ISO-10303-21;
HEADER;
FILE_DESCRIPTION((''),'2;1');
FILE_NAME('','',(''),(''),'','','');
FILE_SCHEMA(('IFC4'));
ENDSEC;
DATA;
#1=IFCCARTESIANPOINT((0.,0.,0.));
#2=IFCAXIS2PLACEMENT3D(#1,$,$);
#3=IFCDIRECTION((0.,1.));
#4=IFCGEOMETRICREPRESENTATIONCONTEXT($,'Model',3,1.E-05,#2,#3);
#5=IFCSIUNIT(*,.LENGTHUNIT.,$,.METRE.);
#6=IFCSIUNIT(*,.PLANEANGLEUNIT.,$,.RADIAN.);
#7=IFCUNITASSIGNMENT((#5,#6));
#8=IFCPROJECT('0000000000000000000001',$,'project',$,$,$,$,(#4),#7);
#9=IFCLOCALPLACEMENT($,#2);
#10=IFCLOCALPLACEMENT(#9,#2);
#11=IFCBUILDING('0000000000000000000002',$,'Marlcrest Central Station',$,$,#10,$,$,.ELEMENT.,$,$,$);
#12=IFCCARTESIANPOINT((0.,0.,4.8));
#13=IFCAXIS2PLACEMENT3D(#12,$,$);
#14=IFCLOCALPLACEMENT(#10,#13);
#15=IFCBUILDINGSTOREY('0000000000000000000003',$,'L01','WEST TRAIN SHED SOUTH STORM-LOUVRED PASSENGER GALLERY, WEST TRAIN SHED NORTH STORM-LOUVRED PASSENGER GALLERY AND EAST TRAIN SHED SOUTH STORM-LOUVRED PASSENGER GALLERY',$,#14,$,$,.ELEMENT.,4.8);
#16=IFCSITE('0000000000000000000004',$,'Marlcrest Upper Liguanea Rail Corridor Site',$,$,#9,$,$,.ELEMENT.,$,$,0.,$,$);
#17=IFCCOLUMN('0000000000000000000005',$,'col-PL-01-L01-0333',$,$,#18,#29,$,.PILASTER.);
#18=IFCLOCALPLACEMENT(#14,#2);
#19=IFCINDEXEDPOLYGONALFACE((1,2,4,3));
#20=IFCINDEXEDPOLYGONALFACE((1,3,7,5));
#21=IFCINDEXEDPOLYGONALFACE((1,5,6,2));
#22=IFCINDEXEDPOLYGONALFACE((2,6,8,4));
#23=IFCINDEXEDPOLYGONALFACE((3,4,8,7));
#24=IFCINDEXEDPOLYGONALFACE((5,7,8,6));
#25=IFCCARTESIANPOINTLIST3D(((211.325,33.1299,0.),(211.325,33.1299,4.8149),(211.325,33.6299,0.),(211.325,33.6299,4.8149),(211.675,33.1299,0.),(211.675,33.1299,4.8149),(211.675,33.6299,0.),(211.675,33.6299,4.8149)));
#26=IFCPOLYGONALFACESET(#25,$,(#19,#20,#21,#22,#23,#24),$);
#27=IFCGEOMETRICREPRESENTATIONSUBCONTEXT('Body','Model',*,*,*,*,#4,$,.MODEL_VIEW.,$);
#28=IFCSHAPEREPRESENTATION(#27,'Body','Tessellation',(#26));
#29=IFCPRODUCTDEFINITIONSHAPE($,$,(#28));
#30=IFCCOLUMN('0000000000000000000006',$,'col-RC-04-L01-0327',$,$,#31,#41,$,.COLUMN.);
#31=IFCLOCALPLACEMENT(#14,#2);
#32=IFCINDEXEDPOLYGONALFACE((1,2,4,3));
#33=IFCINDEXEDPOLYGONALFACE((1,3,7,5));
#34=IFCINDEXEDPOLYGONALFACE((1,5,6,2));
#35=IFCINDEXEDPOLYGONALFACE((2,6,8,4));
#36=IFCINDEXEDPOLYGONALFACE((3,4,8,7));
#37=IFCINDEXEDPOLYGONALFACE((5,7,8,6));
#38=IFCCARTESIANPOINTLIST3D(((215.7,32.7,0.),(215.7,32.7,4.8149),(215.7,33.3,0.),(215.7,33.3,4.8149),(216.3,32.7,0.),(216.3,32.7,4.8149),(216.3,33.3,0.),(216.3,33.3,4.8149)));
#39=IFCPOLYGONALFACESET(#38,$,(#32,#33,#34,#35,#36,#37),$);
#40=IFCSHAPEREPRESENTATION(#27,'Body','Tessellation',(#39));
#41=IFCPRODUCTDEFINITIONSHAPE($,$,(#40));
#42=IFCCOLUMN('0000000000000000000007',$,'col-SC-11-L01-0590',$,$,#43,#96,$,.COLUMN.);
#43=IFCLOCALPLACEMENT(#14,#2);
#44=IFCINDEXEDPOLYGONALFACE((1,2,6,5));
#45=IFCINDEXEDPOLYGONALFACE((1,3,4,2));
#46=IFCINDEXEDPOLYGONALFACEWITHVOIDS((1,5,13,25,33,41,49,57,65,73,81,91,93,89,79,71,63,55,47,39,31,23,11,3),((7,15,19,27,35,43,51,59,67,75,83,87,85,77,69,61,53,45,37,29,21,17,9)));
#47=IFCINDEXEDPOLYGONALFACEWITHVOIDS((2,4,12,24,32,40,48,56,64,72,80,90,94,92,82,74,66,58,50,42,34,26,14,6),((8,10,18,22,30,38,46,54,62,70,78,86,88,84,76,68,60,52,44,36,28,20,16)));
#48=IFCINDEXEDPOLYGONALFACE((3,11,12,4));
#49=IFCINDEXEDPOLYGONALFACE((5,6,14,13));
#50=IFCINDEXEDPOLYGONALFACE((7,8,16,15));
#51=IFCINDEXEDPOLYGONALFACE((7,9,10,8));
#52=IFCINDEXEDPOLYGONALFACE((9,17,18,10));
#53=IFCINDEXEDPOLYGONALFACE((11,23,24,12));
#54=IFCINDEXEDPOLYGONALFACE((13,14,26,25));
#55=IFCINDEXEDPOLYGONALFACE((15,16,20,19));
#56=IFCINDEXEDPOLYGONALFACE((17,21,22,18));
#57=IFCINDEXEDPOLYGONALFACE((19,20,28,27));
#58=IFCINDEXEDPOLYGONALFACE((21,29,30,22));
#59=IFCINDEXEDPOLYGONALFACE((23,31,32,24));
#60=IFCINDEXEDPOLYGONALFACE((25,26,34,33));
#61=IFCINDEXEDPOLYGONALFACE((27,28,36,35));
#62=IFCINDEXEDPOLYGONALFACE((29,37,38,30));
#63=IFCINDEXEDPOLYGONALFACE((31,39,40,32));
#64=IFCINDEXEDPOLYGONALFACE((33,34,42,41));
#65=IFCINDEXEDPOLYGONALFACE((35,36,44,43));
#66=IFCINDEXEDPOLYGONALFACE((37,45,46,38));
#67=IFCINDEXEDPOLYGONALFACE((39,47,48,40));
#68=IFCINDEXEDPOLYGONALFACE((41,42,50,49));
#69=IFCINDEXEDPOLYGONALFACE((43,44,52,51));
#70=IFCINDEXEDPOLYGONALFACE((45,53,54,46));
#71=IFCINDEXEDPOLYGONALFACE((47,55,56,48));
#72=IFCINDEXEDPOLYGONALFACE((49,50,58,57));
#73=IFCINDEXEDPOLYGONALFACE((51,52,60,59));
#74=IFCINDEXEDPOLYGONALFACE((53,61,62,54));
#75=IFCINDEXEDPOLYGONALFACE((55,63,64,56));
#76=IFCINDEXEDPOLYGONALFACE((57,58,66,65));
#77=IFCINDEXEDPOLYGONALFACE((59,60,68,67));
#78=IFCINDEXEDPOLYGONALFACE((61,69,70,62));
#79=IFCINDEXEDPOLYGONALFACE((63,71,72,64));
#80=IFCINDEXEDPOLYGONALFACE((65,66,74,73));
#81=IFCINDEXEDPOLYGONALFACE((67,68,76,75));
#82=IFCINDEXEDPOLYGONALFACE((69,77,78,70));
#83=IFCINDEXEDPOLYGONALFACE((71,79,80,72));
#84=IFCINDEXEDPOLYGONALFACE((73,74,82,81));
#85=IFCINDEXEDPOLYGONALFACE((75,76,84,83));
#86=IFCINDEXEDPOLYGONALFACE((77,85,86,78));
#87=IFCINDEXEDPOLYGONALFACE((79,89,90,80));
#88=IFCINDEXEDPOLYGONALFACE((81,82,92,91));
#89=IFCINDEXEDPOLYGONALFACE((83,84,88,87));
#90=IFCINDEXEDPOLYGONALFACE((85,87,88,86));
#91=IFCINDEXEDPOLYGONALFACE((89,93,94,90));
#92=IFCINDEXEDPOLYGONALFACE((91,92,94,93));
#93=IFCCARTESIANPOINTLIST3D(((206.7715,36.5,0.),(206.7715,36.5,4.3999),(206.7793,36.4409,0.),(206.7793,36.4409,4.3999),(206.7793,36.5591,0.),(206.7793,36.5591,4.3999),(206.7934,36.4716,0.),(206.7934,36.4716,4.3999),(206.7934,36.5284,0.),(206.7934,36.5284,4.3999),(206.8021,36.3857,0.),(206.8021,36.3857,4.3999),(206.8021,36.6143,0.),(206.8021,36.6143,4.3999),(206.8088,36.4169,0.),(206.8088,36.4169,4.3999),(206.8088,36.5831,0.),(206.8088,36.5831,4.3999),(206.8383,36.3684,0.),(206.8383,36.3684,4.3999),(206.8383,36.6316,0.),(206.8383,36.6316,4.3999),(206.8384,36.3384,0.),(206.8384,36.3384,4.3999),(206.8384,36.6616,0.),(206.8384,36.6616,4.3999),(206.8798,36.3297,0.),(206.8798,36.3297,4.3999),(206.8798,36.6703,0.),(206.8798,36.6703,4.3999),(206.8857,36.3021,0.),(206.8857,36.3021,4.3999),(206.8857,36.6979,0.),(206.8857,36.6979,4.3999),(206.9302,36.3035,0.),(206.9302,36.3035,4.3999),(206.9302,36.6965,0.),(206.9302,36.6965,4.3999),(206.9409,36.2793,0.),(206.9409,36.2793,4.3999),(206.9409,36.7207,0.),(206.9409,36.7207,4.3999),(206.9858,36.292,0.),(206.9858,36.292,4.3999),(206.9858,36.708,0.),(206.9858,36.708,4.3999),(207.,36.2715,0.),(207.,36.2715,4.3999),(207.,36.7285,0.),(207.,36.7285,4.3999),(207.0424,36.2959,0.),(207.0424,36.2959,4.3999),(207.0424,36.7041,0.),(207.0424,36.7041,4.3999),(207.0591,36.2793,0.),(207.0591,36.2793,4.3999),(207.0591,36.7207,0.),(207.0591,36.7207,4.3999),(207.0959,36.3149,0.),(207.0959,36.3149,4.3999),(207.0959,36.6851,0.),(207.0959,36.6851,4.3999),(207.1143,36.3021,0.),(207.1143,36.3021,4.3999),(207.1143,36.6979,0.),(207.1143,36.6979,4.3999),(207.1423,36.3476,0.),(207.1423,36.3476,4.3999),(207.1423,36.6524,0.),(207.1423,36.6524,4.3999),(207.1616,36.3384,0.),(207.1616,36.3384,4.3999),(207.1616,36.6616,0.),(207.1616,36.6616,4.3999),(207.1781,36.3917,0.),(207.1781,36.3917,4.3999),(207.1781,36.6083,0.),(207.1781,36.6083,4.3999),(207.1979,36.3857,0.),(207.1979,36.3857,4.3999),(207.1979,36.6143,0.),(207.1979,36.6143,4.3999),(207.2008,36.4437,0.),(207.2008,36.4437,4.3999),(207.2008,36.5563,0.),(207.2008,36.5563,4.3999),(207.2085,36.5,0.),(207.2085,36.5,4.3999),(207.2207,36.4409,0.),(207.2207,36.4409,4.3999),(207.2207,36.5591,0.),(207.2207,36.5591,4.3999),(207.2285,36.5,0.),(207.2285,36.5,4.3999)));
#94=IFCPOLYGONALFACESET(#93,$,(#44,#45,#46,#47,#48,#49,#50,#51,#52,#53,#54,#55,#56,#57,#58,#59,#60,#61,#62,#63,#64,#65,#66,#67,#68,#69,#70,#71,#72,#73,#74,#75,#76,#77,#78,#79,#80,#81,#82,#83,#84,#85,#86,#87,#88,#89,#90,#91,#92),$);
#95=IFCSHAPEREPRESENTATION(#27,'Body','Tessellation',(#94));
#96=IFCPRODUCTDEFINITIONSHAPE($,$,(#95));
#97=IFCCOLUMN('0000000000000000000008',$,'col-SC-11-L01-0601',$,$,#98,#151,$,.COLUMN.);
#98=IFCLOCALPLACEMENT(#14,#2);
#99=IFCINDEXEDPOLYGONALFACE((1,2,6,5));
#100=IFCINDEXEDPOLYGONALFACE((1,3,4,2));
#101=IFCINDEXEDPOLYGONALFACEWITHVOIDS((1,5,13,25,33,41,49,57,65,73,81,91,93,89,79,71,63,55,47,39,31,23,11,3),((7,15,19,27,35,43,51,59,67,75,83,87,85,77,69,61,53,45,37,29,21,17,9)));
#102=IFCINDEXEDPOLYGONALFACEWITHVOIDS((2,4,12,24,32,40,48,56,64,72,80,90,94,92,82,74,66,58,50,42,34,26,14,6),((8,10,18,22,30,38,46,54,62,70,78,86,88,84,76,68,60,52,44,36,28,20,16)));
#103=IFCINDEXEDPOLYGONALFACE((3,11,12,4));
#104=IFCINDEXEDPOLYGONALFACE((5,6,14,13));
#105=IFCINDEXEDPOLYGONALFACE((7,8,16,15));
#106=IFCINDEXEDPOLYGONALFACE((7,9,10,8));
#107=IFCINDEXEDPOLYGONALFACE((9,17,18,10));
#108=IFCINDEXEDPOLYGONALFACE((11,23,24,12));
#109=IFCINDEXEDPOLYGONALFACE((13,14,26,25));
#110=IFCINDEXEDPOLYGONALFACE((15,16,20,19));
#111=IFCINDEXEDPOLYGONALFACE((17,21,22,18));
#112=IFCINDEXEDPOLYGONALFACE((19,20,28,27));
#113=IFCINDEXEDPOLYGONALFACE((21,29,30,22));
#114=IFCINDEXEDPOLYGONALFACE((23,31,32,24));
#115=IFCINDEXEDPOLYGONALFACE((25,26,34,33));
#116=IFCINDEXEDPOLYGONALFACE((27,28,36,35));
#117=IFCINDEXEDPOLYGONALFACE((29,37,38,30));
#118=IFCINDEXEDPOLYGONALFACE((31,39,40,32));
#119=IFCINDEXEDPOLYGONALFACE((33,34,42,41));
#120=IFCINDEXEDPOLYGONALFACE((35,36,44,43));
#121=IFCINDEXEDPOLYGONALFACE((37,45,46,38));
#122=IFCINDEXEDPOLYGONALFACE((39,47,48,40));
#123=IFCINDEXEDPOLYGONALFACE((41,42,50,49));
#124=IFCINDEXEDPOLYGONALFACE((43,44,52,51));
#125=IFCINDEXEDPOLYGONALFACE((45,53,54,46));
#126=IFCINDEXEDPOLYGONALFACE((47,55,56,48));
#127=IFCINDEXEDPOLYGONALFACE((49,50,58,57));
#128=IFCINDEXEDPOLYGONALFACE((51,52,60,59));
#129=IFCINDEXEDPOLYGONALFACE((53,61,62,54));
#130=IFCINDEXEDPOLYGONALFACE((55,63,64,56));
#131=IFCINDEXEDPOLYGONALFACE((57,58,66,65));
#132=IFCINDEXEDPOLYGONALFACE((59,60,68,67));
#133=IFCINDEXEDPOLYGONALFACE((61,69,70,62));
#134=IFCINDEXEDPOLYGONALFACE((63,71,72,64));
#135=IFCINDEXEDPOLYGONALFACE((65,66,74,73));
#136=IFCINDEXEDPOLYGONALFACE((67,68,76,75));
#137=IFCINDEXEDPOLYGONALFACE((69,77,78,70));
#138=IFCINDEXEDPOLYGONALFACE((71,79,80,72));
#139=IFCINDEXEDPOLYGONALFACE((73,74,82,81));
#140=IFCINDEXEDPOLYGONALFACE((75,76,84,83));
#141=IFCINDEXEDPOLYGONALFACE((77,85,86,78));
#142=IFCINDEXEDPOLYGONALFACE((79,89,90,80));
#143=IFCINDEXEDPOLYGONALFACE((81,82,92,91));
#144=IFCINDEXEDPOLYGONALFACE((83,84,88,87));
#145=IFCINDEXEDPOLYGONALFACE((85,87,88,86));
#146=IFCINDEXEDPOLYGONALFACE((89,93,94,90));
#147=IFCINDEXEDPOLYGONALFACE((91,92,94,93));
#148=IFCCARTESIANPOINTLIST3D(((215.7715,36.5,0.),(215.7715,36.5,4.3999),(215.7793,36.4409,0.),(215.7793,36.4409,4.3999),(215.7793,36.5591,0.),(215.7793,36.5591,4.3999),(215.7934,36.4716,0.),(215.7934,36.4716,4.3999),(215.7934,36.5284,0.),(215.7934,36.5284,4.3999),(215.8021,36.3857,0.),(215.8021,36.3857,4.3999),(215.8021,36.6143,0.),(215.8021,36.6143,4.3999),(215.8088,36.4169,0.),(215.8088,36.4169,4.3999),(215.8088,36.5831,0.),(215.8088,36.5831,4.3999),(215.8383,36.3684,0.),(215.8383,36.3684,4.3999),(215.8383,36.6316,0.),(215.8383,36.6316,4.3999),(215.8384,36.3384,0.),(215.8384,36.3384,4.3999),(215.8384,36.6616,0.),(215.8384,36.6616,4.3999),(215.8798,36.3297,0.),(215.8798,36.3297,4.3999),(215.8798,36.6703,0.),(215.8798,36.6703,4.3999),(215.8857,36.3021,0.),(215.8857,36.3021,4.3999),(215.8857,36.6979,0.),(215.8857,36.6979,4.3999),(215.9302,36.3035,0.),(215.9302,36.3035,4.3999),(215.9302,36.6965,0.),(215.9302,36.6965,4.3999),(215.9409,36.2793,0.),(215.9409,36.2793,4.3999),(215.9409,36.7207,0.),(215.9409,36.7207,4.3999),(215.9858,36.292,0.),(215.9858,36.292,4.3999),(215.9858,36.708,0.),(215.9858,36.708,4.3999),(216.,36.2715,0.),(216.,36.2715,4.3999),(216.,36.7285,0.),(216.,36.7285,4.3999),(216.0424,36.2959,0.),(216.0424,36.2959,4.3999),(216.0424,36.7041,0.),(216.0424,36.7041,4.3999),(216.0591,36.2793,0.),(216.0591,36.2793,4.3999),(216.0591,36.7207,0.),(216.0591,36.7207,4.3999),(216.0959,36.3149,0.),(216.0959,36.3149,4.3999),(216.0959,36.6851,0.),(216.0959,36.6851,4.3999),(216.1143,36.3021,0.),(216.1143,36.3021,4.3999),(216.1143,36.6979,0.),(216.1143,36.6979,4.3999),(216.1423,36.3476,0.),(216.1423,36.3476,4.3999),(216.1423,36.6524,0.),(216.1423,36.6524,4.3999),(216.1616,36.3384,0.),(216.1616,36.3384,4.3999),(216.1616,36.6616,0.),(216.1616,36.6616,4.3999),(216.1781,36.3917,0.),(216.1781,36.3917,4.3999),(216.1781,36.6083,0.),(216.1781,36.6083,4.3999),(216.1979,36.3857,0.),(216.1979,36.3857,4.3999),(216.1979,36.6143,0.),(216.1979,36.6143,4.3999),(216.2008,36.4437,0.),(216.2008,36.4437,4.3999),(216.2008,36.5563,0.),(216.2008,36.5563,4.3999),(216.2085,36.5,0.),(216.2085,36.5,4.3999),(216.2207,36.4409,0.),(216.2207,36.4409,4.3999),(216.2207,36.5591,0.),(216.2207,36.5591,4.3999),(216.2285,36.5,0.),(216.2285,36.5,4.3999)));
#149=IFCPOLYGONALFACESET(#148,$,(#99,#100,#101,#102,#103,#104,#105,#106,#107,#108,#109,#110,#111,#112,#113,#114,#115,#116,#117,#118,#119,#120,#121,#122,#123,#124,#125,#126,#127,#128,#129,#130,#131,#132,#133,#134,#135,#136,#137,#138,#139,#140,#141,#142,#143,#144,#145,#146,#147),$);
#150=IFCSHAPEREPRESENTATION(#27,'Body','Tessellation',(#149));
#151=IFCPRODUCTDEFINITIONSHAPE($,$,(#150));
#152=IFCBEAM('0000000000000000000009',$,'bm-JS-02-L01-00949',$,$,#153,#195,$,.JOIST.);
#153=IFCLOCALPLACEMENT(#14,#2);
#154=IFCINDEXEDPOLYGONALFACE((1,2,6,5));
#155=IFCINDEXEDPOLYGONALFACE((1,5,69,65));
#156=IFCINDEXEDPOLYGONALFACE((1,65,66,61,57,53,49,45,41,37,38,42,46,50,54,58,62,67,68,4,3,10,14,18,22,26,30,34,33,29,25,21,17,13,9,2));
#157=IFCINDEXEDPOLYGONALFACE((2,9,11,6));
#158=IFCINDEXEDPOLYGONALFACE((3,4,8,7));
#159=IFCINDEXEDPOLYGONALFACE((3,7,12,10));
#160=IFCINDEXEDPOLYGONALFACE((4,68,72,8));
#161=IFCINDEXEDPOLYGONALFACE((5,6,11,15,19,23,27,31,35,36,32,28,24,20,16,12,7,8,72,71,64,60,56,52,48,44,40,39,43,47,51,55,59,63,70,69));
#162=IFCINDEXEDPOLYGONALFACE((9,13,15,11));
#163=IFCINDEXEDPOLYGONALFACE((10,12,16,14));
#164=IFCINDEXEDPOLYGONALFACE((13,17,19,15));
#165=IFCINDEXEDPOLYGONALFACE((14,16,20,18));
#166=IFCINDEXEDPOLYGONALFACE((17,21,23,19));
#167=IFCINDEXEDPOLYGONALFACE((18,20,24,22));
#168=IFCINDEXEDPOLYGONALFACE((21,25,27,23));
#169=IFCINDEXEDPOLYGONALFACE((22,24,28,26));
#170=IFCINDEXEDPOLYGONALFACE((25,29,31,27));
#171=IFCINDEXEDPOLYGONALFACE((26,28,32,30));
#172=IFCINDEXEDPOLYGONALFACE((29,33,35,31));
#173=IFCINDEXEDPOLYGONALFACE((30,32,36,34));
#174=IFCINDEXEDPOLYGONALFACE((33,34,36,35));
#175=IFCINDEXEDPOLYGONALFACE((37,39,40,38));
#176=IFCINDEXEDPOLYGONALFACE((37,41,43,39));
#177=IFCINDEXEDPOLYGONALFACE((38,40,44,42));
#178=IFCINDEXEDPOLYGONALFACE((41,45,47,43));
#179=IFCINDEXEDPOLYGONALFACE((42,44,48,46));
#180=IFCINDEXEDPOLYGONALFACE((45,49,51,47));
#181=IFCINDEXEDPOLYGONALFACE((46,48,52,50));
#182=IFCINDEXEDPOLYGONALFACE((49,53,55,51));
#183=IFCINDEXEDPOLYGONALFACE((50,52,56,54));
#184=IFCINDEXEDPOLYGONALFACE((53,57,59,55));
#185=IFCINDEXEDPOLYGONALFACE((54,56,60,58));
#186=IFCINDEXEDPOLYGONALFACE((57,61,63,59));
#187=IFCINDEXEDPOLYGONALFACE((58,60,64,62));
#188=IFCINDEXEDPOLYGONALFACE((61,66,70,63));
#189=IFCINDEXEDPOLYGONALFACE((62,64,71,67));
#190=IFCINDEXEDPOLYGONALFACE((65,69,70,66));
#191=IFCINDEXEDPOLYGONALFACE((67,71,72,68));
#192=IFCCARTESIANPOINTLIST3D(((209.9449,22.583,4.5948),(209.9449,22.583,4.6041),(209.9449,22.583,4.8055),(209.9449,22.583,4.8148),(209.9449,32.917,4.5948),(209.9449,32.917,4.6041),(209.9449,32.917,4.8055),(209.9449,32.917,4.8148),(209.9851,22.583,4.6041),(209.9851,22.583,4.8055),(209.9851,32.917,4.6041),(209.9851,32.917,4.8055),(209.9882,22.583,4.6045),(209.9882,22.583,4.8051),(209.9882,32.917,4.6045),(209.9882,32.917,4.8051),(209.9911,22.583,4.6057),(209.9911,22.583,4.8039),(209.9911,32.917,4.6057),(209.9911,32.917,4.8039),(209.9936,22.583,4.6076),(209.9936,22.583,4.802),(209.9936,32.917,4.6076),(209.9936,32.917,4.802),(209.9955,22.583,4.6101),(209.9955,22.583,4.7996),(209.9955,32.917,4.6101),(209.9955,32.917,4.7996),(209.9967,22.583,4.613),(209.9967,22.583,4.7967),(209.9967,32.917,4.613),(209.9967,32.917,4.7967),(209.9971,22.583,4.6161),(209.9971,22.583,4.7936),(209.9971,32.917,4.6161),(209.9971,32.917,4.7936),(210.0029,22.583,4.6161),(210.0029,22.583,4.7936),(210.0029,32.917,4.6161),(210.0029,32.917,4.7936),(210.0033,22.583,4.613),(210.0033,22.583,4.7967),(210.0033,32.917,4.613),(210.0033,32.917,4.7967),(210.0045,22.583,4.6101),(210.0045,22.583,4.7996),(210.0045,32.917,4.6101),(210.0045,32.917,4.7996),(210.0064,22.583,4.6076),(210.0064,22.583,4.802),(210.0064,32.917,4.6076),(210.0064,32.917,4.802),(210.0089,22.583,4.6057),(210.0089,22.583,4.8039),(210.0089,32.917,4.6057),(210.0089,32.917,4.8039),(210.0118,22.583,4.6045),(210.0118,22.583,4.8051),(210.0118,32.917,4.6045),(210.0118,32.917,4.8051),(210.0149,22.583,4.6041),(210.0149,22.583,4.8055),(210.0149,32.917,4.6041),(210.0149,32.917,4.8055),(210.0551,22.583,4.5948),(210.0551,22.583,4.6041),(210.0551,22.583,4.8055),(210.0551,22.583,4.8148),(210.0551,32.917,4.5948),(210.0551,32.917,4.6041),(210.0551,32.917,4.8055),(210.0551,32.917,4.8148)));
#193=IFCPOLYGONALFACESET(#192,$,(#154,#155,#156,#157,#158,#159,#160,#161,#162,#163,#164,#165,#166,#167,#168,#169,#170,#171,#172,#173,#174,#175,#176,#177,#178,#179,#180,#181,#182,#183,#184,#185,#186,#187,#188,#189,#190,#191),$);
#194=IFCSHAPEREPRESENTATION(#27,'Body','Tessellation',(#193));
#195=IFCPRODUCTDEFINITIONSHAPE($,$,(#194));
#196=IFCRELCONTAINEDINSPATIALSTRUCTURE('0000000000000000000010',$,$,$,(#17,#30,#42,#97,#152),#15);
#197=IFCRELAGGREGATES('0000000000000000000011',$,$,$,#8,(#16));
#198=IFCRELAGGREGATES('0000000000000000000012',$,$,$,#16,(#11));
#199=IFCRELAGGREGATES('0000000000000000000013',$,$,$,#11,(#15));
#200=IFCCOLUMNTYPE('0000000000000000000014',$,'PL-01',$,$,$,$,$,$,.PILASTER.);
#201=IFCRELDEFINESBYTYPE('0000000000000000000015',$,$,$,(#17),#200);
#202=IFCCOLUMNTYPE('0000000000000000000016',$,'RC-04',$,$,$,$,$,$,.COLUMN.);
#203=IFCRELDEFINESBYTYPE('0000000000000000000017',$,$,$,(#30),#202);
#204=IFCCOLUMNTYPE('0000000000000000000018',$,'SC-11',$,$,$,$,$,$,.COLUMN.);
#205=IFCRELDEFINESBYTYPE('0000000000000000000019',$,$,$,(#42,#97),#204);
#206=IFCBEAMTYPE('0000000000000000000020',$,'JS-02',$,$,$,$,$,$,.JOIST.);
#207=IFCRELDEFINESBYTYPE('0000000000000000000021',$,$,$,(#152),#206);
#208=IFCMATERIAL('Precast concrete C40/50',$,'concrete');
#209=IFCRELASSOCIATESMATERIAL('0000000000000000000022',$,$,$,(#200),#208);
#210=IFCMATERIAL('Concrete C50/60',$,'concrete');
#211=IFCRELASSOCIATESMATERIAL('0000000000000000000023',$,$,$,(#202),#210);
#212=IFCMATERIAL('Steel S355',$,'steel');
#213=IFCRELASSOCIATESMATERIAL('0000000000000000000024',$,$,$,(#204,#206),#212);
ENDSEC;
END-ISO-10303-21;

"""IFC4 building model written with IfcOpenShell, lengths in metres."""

from ifc_helpers import new_model, si_unit, direction, frame, origin, origin_2d, place, context, subcontext, project, spatial, rectangle, hollow_circle, i_section, extrude, material, material_profile, profile_set, type_object, element, save


model = new_model("IFC4")

# Units and contexts
model_context = context("Model", 3, precision=1e-05, world=origin(), true_north=direction((0.0, 1.0)))
body_context = subcontext(model_context, "Body", "Model", "MODEL_VIEW")
ifc_project = project(units=[si_unit("LENGTHUNIT", "METRE"), si_unit("PLANEANGLEUNIT", "RADIAN")], contexts=[model_context])

# Site, building, storey
site_placement = place(None, origin())
site = spatial("IfcSite", under=ifc_project, at=site_placement, Name="Marlcrest Upper Liguanea Rail Corridor Site", CompositionType="ELEMENT", RefElevation=0.0)
building_placement = place(site_placement, origin())
building = spatial("IfcBuilding", under=site, at=building_placement, Name="Marlcrest Central Station", CompositionType="ELEMENT")
storey_placement = place(building_placement, frame((0.0, 0.0, 4.8)))
storey = spatial("IfcBuildingStorey", under=building, at=storey_placement, Name="L01", Description="WEST TRAIN SHED SOUTH STORM-LOUVRED PASSENGER GALLERY, WEST TRAIN SHED NORTH STORM-LOUVRED PASSENGER GALLERY AND EAST TRAIN SHED SOUTH STORM-LOUVRED PASSENGER GALLERY", CompositionType="ELEMENT", Elevation=4.8)

# Columns
ifc_material_1 = material(Name="Precast concrete C40/50", Category="concrete")
ifc_material_profile_1 = material_profile(ifc_material_1, rectangle(XDim=0.3501, YDim=0.5, at=origin_2d()), Name="PIL 350x500")
ifc_profile_set_1 = profile_set([ifc_material_profile_1], Name="Precast concrete C40/50")
column_type_1 = type_object("IfcColumnType", Name="PL-01", PredefinedType="PILASTER", material=ifc_profile_set_1)
column_1_placement = place(storey_placement, frame((211.5, 33.3799, 0.0), z_axis=(0.0, 0.0, 1.0), x_axis=(1.0, 0.0, 0.0)))
element("IfcColumn", 1, at=column_1_placement, inside=storey, type_object=column_type_1, Name="col-PL-01-L01-0333", PredefinedType="PILASTER", context=body_context, shape_type="SweptSolid", body=[
    extrude(rectangle(XDim=0.3501, YDim=0.5, at=origin_2d()), origin(), (0.0, 0.0, 1.0), 4.8149),
])
ifc_material_2 = material(Name="Concrete C50/60", Category="concrete")
ifc_material_profile_2 = material_profile(ifc_material_2, rectangle(XDim=0.6001, YDim=0.6001, at=origin_2d()), Name="RC 600x600")
ifc_profile_set_2 = profile_set([ifc_material_profile_2], Name="Concrete C50/60")
column_type_2 = type_object("IfcColumnType", Name="RC-04", PredefinedType="COLUMN", material=ifc_profile_set_2)
column_2_placement = place(storey_placement, frame((216.0, 33.0, 0.0), z_axis=(0.0, 0.0, 1.0), x_axis=(1.0, 0.0, 0.0)))
element("IfcColumn", 2, at=column_2_placement, inside=storey, type_object=column_type_2, Name="col-RC-04-L01-0327", PredefinedType="COLUMN", context=body_context, shape_type="SweptSolid", body=[
    extrude(rectangle(XDim=0.6001, YDim=0.6001, at=origin_2d()), origin(), (0.0, 0.0, 1.0), 4.8149),
])
ifc_material_3 = material(Name="Steel S355", Category="steel")
ifc_material_profile_3 = material_profile(ifc_material_3, hollow_circle(Radius=0.2285, WallThickness=0.02, at=origin_2d()), Name="CHS 457x20")
ifc_profile_set_3 = profile_set([ifc_material_profile_3], Name="Steel S355")
column_type_3 = type_object("IfcColumnType", Name="SC-11", PredefinedType="COLUMN", material=ifc_profile_set_3)
for number, where, z_axis, x_axis, name in (
    (3, (207.0, 36.5, 0.0), (0.0, 0.0, 1.0), (1.0, 0.0, 0.0), "col-SC-11-L01-0590"),
    (4, (216.0, 36.5, 0.0), (0.0, 0.0, 1.0), (1.0, 0.0, 0.0), "col-SC-11-L01-0601"),
):
    element("IfcColumn", number, at=place(storey_placement, frame(where, z_axis=z_axis, x_axis=x_axis)), inside=storey, type_object=column_type_3, Name=name, PredefinedType="COLUMN", context=body_context, shape_type="SweptSolid", body=[
        extrude(hollow_circle(Radius=0.2285, WallThickness=0.02, at=origin_2d()), origin(), (0.0, 0.0, 1.0), 4.3999),
    ])

# Beam
ifc_material_profile_4 = material_profile(ifc_material_3, i_section(OverallWidth=0.1101, OverallDepth=0.22, WebThickness=0.0059, FlangeThickness=0.0093, FilletRadius=0.012, at=origin_2d()), Name="IPE 220")
ifc_profile_set_4 = profile_set([ifc_material_profile_4], Name="Steel S355")
beam_type_1 = type_object("IfcBeamType", Name="JS-02", PredefinedType="JOIST", material=ifc_profile_set_4)
for number, where, z_axis, x_axis, name in (
    (5, (210.0, 22.583, 4.7048), (0.0, 1.0, 0.0), (-1.0, 0.0, 0.0), "bm-JS-02-L01-00949"),
):
    element("IfcBeam", number, at=place(storey_placement, frame(where, z_axis=z_axis, x_axis=x_axis)), inside=storey, type_object=beam_type_1, Name=name, PredefinedType="JOIST", context=body_context, shape_type="SweptSolid", body=[
        extrude(i_section(OverallWidth=0.1101, OverallDepth=0.22, WebThickness=0.0059, FlangeThickness=0.0093, FilletRadius=0.012, at=origin_2d()), origin(), (0.0, 0.0, 1.0), 10.334),
    ])

save(model, "model.ifc")
